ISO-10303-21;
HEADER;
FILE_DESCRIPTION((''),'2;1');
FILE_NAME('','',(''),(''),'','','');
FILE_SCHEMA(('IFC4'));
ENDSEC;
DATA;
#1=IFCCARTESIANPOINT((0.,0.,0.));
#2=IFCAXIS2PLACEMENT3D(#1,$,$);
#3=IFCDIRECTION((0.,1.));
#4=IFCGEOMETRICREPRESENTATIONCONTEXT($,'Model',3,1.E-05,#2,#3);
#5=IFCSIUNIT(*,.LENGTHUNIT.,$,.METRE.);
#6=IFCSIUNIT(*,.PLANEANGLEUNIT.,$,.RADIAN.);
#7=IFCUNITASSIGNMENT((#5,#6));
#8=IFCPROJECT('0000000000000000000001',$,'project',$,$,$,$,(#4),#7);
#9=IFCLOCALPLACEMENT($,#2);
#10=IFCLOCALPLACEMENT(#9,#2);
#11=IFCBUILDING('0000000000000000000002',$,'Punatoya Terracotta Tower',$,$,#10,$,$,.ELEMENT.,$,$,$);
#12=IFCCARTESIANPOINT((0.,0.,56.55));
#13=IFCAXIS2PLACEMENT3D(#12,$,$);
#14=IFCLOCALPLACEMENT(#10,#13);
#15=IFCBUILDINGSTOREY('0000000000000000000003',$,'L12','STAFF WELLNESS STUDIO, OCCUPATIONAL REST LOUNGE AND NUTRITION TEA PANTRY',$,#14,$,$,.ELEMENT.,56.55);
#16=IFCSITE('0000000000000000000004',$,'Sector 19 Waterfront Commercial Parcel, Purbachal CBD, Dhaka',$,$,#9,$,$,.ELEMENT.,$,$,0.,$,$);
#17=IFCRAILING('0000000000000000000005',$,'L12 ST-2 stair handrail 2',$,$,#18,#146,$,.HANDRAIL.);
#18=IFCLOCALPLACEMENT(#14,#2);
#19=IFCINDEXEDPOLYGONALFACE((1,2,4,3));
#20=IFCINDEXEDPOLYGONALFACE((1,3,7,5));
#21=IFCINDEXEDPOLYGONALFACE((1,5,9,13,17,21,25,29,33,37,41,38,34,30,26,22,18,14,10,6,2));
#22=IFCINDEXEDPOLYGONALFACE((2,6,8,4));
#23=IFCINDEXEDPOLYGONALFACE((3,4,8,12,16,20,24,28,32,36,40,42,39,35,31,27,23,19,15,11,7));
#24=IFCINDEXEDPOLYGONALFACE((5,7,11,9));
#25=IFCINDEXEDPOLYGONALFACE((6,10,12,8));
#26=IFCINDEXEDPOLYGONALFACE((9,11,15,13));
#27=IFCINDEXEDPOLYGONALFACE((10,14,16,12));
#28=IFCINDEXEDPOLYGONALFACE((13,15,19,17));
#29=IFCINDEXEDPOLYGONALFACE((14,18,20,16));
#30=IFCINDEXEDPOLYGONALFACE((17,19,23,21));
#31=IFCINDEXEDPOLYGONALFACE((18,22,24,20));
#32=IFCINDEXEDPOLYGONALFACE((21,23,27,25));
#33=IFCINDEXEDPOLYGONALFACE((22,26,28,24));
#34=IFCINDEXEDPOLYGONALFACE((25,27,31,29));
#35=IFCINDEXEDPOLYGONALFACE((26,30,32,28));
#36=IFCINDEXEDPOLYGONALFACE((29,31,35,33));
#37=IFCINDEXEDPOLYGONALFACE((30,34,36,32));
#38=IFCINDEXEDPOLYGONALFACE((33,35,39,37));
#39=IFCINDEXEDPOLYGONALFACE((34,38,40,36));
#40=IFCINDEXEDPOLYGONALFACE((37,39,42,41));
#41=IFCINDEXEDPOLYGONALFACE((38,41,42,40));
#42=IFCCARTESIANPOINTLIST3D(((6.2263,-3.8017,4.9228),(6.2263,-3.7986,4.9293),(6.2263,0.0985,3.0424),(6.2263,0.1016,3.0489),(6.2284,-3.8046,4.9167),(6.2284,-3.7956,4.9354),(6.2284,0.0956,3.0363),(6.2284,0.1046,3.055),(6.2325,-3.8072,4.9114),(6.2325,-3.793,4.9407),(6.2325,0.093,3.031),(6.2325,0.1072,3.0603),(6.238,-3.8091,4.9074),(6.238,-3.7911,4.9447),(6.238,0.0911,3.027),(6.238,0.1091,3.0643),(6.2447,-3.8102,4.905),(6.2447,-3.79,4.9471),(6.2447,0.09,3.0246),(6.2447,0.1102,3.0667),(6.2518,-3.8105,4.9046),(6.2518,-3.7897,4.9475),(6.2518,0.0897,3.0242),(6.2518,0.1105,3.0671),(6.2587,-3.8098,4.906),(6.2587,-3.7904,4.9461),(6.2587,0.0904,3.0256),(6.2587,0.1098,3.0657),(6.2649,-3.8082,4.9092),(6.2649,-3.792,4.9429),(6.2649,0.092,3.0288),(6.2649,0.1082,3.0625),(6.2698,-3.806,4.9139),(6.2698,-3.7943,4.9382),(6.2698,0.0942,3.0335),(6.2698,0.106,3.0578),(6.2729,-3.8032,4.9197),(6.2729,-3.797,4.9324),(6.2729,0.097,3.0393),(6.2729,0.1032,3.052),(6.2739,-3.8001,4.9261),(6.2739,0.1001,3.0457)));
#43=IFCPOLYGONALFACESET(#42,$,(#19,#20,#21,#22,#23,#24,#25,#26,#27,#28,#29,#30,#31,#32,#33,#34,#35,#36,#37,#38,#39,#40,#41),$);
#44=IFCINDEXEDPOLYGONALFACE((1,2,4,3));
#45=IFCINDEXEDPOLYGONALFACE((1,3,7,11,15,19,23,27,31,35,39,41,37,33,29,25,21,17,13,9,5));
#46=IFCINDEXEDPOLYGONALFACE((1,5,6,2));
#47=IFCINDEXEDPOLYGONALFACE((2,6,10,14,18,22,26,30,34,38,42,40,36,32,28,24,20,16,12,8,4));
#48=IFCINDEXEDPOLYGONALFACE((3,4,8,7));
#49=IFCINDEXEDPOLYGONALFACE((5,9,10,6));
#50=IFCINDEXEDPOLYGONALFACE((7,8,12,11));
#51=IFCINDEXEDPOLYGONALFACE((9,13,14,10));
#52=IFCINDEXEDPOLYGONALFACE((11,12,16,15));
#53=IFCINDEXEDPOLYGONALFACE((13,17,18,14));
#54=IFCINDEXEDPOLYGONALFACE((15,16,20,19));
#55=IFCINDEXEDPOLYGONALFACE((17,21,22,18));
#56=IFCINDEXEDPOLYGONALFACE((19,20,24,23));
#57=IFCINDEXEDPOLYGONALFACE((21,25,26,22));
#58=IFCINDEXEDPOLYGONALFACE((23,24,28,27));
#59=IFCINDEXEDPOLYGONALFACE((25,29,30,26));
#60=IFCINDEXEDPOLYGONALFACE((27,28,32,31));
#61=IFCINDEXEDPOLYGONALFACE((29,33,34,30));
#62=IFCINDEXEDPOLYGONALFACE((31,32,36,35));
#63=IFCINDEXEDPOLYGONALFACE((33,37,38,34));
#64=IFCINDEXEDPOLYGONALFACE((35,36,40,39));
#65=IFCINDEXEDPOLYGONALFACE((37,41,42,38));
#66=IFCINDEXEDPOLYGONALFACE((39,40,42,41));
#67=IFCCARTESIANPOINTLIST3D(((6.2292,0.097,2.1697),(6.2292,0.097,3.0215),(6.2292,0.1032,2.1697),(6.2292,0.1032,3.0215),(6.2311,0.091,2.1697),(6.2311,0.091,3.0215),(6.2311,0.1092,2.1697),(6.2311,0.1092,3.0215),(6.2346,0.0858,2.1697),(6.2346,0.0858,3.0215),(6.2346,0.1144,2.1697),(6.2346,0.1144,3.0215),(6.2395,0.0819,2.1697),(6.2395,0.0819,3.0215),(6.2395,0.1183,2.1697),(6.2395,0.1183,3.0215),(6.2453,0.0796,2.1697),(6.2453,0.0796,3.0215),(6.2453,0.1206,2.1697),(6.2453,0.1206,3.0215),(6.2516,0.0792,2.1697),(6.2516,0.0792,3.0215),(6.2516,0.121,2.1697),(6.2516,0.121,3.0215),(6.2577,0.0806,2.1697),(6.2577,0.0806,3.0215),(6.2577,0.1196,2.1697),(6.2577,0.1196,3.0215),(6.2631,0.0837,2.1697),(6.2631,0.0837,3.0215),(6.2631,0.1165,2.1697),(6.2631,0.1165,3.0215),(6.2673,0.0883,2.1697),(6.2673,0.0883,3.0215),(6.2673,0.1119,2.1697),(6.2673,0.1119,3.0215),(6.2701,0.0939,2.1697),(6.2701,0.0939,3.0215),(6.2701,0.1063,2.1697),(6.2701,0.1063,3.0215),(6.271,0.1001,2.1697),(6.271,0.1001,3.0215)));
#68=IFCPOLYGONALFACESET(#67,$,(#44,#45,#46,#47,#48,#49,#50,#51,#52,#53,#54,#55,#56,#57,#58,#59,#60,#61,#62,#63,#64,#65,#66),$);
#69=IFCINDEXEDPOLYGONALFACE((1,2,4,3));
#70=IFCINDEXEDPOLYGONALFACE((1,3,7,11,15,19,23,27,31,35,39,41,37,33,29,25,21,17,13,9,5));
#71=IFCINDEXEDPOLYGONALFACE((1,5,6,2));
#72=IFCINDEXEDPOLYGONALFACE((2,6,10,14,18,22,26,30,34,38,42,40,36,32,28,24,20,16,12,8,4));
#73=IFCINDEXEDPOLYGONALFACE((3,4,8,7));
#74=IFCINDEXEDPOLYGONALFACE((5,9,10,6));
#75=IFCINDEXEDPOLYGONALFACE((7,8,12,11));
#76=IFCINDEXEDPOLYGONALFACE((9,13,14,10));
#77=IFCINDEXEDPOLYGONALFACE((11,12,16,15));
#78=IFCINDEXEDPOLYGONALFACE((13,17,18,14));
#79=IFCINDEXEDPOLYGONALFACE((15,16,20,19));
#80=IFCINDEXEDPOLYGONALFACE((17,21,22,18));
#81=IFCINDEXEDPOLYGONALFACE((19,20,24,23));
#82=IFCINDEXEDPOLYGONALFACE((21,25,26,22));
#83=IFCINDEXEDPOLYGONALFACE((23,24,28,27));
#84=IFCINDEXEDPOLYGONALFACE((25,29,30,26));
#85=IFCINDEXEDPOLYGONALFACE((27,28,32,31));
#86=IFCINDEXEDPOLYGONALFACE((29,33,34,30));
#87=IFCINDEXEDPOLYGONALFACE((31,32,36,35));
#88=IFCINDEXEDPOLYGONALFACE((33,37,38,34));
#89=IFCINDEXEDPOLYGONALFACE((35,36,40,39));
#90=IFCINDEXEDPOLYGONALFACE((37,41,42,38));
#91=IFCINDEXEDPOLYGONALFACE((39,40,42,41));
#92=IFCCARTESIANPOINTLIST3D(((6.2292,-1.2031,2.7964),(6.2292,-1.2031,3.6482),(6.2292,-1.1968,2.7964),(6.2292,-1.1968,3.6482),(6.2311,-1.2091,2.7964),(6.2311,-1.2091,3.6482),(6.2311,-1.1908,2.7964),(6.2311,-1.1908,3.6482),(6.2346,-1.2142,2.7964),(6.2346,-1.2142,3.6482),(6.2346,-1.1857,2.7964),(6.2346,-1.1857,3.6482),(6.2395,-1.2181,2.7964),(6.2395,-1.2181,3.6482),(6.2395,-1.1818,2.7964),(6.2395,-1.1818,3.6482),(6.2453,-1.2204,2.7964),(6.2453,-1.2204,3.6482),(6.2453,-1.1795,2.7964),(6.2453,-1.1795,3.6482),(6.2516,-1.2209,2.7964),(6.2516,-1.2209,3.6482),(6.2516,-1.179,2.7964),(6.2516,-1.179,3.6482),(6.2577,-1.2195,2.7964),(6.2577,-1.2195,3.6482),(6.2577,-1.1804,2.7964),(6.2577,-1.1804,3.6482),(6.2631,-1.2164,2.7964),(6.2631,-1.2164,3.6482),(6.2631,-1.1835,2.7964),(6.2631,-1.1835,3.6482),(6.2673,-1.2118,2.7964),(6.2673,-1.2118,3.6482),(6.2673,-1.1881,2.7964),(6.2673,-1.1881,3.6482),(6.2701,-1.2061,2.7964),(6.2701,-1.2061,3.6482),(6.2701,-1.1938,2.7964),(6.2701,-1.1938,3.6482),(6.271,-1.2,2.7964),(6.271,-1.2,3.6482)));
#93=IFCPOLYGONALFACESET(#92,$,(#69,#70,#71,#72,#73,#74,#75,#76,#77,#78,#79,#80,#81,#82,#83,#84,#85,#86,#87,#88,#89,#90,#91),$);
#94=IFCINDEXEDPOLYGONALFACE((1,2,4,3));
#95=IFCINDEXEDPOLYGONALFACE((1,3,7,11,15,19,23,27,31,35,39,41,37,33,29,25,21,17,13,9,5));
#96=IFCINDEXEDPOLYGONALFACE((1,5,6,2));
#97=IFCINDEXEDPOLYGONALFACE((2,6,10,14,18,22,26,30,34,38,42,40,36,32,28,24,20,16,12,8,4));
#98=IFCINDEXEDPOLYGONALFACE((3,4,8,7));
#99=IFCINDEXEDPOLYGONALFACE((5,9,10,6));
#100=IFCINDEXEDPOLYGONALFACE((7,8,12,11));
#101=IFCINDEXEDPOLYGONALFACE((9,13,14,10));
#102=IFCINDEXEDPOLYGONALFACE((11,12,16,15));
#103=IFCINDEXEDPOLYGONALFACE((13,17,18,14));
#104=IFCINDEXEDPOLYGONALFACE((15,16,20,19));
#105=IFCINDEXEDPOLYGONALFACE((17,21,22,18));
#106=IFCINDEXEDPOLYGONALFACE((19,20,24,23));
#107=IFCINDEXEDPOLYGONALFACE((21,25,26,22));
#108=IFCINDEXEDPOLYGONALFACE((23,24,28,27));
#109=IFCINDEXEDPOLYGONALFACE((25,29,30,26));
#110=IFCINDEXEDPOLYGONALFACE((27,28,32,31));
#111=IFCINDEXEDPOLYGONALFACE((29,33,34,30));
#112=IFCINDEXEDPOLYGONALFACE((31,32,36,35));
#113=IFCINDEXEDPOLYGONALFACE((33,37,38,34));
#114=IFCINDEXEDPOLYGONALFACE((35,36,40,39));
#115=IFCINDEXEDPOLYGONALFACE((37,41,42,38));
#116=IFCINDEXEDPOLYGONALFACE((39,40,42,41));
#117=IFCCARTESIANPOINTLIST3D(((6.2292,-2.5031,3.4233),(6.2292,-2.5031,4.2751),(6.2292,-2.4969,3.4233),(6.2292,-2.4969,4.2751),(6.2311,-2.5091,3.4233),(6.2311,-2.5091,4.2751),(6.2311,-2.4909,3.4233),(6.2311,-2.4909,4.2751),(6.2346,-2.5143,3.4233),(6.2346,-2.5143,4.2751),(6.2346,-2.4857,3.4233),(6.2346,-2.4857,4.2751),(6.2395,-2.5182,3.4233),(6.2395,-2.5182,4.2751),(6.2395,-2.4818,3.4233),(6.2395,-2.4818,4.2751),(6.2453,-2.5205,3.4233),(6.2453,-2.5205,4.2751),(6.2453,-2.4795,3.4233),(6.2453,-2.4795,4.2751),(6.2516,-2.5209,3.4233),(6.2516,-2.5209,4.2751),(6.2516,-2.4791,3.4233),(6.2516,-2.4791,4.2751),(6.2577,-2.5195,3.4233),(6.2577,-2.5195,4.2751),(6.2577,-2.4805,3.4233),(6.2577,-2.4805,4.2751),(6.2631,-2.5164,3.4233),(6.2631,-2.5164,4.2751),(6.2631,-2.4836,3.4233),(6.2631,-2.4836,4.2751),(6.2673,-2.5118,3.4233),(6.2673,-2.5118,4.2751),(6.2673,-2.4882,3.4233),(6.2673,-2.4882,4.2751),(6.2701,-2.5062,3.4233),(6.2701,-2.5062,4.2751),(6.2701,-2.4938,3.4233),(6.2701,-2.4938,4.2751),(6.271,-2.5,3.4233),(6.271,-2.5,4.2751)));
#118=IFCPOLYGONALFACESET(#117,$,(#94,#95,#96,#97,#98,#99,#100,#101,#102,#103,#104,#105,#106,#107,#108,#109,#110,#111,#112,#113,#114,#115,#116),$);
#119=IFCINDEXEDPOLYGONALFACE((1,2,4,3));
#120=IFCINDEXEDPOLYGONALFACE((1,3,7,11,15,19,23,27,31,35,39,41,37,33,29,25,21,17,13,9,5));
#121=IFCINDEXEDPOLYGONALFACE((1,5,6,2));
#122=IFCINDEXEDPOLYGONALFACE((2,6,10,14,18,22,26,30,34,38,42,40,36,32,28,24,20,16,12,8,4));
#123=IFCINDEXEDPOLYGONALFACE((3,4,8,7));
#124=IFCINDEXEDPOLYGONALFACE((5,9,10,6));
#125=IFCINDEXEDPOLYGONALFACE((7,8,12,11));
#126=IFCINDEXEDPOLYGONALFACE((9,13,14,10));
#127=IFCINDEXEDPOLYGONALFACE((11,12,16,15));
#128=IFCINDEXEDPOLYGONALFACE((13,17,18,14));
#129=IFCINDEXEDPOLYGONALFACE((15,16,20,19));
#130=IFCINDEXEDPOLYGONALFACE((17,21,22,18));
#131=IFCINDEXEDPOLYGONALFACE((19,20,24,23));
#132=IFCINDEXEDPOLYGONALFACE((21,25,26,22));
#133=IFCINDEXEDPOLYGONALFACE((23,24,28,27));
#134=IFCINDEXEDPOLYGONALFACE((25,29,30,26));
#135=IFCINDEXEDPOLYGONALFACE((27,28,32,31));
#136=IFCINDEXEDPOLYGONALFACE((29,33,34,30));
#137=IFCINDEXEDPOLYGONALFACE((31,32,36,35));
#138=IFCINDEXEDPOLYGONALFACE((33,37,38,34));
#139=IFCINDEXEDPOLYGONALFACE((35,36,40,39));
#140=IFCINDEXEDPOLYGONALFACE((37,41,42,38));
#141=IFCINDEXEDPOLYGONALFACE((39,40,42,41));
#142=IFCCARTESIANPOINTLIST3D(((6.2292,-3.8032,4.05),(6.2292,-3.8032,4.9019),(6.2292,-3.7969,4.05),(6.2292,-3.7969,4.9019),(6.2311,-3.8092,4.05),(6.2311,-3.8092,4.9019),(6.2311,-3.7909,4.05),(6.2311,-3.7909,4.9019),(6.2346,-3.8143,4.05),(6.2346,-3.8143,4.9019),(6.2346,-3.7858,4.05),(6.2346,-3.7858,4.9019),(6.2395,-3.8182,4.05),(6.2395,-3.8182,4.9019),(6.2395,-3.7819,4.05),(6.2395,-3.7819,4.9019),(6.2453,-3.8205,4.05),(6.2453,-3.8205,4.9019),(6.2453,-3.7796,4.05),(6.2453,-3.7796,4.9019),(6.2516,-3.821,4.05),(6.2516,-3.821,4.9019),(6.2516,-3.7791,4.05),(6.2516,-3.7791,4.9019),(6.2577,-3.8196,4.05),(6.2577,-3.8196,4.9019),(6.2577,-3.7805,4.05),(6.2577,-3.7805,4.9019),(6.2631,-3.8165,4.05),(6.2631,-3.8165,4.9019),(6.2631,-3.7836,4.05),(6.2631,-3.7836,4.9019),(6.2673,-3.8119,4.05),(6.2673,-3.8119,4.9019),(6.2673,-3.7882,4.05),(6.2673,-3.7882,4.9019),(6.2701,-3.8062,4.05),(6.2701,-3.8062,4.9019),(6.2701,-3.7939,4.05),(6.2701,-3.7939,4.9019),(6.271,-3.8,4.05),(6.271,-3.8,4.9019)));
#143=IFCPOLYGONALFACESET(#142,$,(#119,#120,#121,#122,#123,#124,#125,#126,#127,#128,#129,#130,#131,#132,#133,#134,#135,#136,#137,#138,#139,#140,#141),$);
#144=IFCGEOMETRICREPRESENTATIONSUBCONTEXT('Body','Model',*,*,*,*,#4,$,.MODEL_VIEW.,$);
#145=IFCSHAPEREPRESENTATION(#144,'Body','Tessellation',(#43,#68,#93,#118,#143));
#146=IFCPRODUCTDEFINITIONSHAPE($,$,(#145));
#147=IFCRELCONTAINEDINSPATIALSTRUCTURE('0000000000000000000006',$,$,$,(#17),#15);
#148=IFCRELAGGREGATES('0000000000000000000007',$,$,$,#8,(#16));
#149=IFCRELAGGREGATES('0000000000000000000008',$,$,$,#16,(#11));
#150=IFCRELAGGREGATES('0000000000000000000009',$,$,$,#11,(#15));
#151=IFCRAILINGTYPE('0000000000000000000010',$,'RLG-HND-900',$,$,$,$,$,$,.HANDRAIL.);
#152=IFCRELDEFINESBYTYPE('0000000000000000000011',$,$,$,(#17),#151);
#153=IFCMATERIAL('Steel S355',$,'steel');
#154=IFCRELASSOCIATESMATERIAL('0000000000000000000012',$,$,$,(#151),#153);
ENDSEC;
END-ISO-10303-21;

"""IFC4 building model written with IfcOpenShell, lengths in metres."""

from ifc_helpers import new_model, si_unit, direction, frame, origin, origin_2d, place, context, subcontext, project, spatial, circle, extrude, material, type_object, element, save


model = new_model("IFC4")

# Units and contexts
model_context = context("Model", 3, precision=1e-05, world=origin(), true_north=direction((0.0, 1.0)))
body_context = subcontext(model_context, "Body", "Model", "MODEL_VIEW")
ifc_project = project(units=[si_unit("LENGTHUNIT", "METRE"), si_unit("PLANEANGLEUNIT", "RADIAN")], contexts=[model_context])

# Site, building, storey
site_placement = place(None, origin())
site = spatial("IfcSite", under=ifc_project, at=site_placement, Name="Sector 19 Waterfront Commercial Parcel, Purbachal CBD, Dhaka", CompositionType="ELEMENT", RefElevation=0.0)
building_placement = place(site_placement, origin())
building = spatial("IfcBuilding", under=site, at=building_placement, Name="Punatoya Terracotta Tower", CompositionType="ELEMENT")
storey_placement = place(building_placement, frame((0.0, 0.0, 56.55)))
storey = spatial("IfcBuildingStorey", under=building, at=storey_placement, Name="L12", Description="STAFF WELLNESS STUDIO, OCCUPATIONAL REST LOUNGE AND NUTRITION TEA PANTRY", CompositionType="ELEMENT", Elevation=56.55)

# Shared definitions
ifc_material_1 = material(Name="Steel S355", Category="steel")

# Railing
railing_type_1 = type_object("IfcRailingType", Name="RLG-HND-900", PredefinedType="HANDRAIL", material=ifc_material_1)
railing_1_placement = place(storey_placement, frame((6.25, 0.1001, 2.1697)))
element("IfcRailing", 1, at=railing_1_placement, inside=storey, type_object=railing_type_1, Name="L12 ST-2 stair handrail 2", PredefinedType="HANDRAIL", context=body_context, shape_type="SweptSolid", body=[
    extrude(circle(Radius=0.0239, at=origin_2d()), frame((0.0, 0.0, 0.876), z_axis=(0.0, -0.900774, 0.434289), x_axis=(1.0, 0.0, 0.0)), (0.0, 0.0, 1.0), 4.3298),
    extrude(circle(Radius=0.021, at=origin_2d()), origin(), (0.0, 0.0, 1.0), 0.8518),
    extrude(circle(Radius=0.021, at=origin_2d()), frame((0.0, -1.3, 0.6267)), (0.0, 0.0, 1.0), 0.8518),
    extrude(circle(Radius=0.021, at=origin_2d()), frame((0.0, -2.6001, 1.2537)), (0.0, 0.0, 1.0), 0.8518),
    extrude(circle(Radius=0.021, at=origin_2d()), frame((0.0, -3.9001, 1.8804)), (0.0, 0.0, 1.0), 0.8518),
])

save(model, "model.ifc")
